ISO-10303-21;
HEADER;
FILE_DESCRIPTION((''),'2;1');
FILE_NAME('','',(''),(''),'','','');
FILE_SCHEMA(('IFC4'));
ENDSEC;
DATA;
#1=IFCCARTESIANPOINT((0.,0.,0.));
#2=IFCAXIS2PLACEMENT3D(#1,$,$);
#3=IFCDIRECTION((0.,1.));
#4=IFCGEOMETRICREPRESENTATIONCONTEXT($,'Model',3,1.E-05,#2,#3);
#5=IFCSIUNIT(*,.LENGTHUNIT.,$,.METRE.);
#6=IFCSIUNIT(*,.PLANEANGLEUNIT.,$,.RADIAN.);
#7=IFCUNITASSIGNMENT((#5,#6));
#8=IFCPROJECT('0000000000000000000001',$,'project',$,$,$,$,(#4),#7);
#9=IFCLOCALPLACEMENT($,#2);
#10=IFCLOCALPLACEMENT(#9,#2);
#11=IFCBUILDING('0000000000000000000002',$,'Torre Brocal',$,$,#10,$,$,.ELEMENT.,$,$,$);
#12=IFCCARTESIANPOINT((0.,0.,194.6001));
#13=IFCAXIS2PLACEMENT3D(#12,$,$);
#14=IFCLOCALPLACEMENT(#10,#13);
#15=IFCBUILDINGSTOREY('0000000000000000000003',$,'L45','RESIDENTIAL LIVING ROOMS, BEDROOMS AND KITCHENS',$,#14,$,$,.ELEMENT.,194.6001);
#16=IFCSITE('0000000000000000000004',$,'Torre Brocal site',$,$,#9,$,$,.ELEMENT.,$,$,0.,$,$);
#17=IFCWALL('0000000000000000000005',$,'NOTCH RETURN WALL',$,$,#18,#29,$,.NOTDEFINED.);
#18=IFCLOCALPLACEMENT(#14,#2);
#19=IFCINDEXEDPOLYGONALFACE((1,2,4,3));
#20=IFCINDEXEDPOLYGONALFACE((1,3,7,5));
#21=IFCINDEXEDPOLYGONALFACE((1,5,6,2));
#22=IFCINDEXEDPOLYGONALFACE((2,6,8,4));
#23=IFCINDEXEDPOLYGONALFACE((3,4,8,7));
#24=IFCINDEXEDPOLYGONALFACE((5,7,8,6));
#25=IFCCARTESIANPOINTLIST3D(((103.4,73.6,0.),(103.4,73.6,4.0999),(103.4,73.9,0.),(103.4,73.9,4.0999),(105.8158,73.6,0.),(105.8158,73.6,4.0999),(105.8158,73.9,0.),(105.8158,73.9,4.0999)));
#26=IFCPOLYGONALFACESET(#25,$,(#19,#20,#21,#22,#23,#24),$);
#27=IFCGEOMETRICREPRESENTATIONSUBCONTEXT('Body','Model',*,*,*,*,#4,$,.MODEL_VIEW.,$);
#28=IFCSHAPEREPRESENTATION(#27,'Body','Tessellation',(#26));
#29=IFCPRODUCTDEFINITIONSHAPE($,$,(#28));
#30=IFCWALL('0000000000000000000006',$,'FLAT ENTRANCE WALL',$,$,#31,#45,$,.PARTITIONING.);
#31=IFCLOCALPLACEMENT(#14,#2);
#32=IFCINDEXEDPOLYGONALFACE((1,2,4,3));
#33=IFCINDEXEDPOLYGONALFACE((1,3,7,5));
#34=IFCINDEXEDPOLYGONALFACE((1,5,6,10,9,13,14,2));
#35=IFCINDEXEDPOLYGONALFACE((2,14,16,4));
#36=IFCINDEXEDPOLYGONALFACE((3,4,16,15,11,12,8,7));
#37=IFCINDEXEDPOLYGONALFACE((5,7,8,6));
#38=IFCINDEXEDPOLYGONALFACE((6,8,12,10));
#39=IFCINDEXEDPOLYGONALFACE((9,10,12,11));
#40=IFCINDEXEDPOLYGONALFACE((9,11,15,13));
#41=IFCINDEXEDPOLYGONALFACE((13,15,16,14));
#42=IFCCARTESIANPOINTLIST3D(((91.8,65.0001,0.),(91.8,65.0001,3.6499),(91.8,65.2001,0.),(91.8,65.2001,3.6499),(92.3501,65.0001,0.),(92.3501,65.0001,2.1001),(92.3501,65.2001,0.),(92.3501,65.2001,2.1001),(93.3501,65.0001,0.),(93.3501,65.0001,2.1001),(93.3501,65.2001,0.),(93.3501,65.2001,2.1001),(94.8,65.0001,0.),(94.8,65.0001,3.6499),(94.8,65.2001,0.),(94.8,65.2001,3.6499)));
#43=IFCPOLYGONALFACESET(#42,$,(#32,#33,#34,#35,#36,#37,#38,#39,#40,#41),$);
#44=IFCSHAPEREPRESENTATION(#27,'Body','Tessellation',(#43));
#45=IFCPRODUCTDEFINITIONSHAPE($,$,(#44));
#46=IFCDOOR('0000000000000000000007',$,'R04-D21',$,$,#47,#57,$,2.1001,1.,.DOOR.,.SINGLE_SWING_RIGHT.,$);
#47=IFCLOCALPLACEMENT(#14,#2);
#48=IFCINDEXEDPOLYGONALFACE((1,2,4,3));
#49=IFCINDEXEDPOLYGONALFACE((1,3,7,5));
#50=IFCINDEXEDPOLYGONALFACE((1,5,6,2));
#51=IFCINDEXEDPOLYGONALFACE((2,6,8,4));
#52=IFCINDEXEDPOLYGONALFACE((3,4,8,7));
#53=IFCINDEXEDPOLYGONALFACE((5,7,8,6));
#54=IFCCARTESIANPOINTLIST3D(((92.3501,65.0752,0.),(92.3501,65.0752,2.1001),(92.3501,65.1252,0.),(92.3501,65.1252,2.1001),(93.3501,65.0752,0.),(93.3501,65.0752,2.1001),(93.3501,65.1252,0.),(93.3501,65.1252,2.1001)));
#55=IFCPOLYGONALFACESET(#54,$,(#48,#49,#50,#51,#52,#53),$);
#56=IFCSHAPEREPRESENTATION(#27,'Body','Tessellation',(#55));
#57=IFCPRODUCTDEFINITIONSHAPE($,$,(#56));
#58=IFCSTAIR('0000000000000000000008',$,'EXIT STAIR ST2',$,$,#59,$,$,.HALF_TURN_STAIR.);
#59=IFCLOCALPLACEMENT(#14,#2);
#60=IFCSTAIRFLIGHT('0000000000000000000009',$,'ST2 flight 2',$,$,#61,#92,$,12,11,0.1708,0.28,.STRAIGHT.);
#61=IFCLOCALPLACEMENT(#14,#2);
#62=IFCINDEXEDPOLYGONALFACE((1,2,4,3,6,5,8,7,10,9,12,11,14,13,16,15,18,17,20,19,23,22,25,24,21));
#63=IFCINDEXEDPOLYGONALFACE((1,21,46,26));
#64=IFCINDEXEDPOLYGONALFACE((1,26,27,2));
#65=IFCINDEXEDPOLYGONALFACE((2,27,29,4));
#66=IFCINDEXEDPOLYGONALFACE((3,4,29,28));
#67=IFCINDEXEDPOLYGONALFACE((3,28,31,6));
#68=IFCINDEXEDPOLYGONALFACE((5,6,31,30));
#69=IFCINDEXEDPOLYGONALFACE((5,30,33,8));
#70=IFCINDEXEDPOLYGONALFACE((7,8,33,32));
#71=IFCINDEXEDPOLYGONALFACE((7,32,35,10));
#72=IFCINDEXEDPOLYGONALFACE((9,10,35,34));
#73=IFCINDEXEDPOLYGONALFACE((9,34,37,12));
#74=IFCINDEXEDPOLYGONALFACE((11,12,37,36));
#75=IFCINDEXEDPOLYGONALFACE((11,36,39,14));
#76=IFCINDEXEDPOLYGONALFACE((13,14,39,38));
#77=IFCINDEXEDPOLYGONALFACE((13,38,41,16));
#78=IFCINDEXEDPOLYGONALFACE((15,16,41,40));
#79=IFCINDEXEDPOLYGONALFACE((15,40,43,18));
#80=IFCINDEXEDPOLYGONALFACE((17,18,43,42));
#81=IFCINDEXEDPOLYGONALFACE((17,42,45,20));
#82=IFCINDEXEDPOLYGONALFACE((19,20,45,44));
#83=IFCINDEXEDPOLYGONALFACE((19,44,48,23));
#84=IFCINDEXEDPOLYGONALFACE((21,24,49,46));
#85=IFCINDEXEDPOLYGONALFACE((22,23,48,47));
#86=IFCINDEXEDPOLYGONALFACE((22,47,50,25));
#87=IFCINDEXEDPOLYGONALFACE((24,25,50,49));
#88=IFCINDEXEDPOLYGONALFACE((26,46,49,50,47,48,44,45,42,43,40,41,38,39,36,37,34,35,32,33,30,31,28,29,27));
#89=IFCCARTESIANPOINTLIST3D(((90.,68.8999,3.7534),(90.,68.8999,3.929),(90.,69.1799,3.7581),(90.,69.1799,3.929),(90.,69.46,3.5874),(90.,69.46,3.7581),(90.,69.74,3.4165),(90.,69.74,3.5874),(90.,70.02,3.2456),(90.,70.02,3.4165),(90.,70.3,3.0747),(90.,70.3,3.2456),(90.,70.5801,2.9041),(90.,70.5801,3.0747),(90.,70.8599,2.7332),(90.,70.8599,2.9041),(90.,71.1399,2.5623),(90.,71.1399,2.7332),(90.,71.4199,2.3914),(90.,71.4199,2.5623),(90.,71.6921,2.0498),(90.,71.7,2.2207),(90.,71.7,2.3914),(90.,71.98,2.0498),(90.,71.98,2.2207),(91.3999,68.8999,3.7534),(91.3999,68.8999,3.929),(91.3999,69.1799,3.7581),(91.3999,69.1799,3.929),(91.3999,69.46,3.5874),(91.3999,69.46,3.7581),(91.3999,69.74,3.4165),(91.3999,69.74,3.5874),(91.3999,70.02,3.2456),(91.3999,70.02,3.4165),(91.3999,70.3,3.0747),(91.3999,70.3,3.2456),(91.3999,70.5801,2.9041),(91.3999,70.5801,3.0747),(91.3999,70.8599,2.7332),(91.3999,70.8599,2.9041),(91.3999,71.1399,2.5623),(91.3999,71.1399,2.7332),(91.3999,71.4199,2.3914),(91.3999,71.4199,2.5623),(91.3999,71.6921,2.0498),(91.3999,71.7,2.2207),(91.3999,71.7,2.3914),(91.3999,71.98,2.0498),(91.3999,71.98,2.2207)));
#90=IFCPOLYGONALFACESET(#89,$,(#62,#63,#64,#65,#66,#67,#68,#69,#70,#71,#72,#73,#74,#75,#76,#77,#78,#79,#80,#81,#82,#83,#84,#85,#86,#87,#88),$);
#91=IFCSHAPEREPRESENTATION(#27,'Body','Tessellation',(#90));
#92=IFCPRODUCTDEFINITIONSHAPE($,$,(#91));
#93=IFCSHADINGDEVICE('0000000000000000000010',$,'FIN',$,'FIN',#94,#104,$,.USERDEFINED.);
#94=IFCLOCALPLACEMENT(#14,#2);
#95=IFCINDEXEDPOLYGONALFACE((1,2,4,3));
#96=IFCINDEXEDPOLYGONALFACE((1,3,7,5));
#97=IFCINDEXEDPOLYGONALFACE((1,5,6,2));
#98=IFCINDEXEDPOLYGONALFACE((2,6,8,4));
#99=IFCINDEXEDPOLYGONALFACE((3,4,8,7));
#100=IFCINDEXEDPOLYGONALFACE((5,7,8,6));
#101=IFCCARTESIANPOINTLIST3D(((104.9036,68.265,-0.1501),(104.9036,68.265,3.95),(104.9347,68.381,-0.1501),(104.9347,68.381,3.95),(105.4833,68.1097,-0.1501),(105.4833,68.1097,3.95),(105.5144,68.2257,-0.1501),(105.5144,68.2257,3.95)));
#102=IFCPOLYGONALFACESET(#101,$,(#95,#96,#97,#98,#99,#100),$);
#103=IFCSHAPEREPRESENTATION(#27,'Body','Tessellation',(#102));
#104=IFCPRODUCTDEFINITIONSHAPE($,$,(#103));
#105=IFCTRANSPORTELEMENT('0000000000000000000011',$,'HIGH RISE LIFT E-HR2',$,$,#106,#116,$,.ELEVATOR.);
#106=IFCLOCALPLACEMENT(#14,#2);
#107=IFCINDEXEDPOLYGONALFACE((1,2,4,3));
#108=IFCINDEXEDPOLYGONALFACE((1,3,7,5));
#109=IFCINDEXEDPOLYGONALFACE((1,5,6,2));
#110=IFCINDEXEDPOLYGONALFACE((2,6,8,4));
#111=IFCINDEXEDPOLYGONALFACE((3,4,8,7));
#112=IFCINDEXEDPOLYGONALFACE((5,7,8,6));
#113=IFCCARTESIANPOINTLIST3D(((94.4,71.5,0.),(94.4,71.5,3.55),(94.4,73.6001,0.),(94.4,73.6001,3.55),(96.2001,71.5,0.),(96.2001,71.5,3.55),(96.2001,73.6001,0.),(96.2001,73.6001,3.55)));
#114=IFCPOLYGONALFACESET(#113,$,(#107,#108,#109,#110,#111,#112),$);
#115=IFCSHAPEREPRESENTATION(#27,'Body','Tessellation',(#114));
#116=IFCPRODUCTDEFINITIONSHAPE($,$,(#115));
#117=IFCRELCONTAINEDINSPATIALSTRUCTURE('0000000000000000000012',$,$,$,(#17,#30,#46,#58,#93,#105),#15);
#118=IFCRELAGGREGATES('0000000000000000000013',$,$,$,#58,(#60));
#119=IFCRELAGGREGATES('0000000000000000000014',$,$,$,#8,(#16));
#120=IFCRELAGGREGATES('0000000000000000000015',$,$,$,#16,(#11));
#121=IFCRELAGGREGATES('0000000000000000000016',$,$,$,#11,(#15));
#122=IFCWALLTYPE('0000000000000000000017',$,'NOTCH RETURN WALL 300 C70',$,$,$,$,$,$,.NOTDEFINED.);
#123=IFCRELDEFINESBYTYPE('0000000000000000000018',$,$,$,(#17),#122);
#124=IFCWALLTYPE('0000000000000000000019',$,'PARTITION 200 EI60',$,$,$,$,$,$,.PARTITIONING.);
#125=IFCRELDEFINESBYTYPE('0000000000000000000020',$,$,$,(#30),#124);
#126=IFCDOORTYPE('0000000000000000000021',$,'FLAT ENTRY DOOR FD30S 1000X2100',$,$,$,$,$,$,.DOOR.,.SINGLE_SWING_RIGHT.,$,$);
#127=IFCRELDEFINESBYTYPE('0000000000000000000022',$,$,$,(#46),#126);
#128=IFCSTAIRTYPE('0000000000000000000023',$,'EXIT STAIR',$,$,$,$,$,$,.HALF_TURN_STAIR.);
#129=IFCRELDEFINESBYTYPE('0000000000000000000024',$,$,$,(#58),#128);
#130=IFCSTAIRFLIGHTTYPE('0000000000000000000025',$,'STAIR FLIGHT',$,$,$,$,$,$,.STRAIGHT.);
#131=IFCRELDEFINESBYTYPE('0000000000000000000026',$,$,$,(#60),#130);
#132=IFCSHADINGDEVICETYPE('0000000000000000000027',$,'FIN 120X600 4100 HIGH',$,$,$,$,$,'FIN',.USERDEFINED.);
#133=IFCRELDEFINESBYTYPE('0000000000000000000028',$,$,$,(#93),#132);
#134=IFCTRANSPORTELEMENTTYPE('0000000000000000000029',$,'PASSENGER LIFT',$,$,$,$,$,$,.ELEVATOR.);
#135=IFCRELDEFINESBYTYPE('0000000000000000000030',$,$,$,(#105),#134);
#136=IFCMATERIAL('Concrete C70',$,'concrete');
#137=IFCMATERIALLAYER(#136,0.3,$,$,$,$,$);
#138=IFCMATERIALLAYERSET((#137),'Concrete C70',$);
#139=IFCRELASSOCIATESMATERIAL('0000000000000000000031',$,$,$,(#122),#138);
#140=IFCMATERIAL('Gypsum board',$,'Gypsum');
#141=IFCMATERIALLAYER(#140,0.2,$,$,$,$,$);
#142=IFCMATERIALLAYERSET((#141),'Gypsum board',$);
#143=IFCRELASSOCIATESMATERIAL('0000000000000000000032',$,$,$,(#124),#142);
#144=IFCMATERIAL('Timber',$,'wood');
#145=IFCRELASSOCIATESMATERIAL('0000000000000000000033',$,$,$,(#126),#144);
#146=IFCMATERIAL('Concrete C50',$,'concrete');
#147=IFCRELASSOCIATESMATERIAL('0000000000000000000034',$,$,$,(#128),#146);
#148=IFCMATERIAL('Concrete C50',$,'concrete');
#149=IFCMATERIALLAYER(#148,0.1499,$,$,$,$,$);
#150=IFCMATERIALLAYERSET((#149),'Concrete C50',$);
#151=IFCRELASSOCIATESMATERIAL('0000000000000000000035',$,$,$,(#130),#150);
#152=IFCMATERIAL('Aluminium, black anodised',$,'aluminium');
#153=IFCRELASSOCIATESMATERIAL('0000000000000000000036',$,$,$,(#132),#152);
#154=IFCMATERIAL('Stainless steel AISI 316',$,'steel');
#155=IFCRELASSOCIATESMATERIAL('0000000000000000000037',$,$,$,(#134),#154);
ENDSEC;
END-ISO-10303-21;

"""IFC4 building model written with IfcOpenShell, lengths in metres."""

from ifc_helpers import new_model, si_unit, direction, frame, frame_2d, origin, origin_2d, place, context, subcontext, project, spatial, polyline, rectangle, outline, extrude, material, layer, layer_set, material_profile, profile_set, type_object, element, fill, aggregate, save


model = new_model("IFC4")

# Units and contexts
model_context = context("Model", 3, precision=1e-05, world=origin(), true_north=direction((0.0, 1.0)))
body_context = subcontext(model_context, "Body", "Model", "MODEL_VIEW")
ifc_project = project(units=[si_unit("LENGTHUNIT", "METRE"), si_unit("PLANEANGLEUNIT", "RADIAN")], contexts=[model_context])

# Site, building, storey
site_placement = place(None, origin())
site = spatial("IfcSite", under=ifc_project, at=site_placement, Name="Torre Brocal site", CompositionType="ELEMENT", RefElevation=0.0)
building_placement = place(site_placement, origin())
building = spatial("IfcBuilding", under=site, at=building_placement, Name="Torre Brocal", CompositionType="ELEMENT")
storey_placement = place(building_placement, frame((0.0, 0.0, 194.6001)))
storey = spatial("IfcBuildingStorey", under=building, at=storey_placement, Name="L45", Description="RESIDENTIAL LIVING ROOMS, BEDROOMS AND KITCHENS", CompositionType="ELEMENT", Elevation=194.6001)

# Wall
ifc_material_1 = material(Name="Concrete C70", Category="concrete")
ifc_layer_1 = layer(ifc_material_1, 0.3)
ifc_layer_set_1 = layer_set([ifc_layer_1], Name="Concrete C70")
wall_type_1 = type_object("IfcWallType", Name="NOTCH RETURN WALL 300 C70", PredefinedType="NOTDEFINED", material=ifc_layer_set_1)
wall_1_placement = place(storey_placement, frame((103.3999, 73.75, 0.0), z_axis=(0.0, 0.0, 1.0), x_axis=(1.0, 0.0, 0.0)))
element("IfcWall", 1, at=wall_1_placement, inside=storey, type_object=wall_type_1, Name="NOTCH RETURN WALL", PredefinedType="NOTDEFINED", context=body_context, shape_type="SweptSolid", body=[
    extrude(rectangle(XDim=2.4158, YDim=0.3, at=frame_2d((1.208, 0.0))), origin(), (0.0, 0.0, 1.0), 4.0999),
])

# Wall, opening, door
ifc_material_2 = material(Name="Gypsum board", Category="Gypsum")
ifc_layer_2 = layer(ifc_material_2, 0.2)
ifc_layer_set_2 = layer_set([ifc_layer_2], Name="Gypsum board")
wall_type_2 = type_object("IfcWallType", Name="PARTITION 200 EI60", PredefinedType="PARTITIONING", material=ifc_layer_set_2)
wall_2_placement = place(storey_placement, frame((91.8, 65.1001, 0.0), z_axis=(0.0, 0.0, 1.0), x_axis=(1.0, 0.0, 0.0)))
wall_2 = element("IfcWall", 2, at=wall_2_placement, inside=storey, type_object=wall_type_2, Name="FLAT ENTRANCE WALL", PredefinedType="PARTITIONING", context=body_context, shape_type="SweptSolid", body=[
    extrude(rectangle(XDim=3.0, YDim=0.2, at=frame_2d((1.5, 0.0))), origin(), (0.0, 0.0, 1.0), 3.6499),
])
opening_1_placement = place(wall_2_placement, frame((0.55, 0.0, 0.0)))
opening_1 = element("IfcOpeningElement", 3, at=opening_1_placement, cuts=wall_2, PredefinedType="OPENING", context=body_context, shape_type="SweptSolid", body=[
    extrude(rectangle(XDim=1.0, YDim=2.1001, at=frame_2d((0.5, 1.05))), frame((0.0, 0.1099, 0.0), z_axis=(0.0, -1.0, 0.0), x_axis=(1.0, 0.0, 0.0)), (0.0, 0.0, 1.0), 0.22),
])
ifc_material_3 = material(Name="Timber", Category="wood")
door_type_1 = type_object("IfcDoorType", Name="FLAT ENTRY DOOR FD30S 1000X2100", OperationType="SINGLE_SWING_RIGHT", PredefinedType="DOOR", material=ifc_material_3)
door_1_placement = place(opening_1_placement, frame((1.0, 0.0, 0.0), z_axis=(0.0, 0.0, 1.0), x_axis=(-1.0, 0.0, 0.0)))
door_1 = element("IfcDoor", 4, at=door_1_placement, inside=storey, type_object=door_type_1, Name="R04-D21", OperationType="SINGLE_SWING_RIGHT", OverallHeight=2.1001, OverallWidth=1.0, PredefinedType="DOOR", context=body_context, shape_type="SweptSolid", body=[
    extrude(rectangle(XDim=1.0, YDim=2.1001, at=frame_2d((0.5, 1.05))), frame((0.0, 0.0249, 0.0), z_axis=(0.0, -1.0, 0.0), x_axis=(1.0, 0.0, 0.0)), (0.0, 0.0, 1.0), 0.05),
])
fill(opening_1, door_1)

# Stair, stair flight
ifc_material_4 = material(Name="Concrete C50", Category="concrete")
stair_type = type_object("IfcStairType", Name="EXIT STAIR", PredefinedType="HALF_TURN_STAIR", material=ifc_material_4)
stair_placement = place(storey_placement, origin())
stair = element("IfcStair", 5, at=stair_placement, inside=storey, type_object=stair_type, Name="EXIT STAIR ST2", PredefinedType="HALF_TURN_STAIR")
ifc_material_5 = material(Name="Concrete C50", Category="concrete")
ifc_layer_3 = layer(ifc_material_5, 0.1499)
ifc_layer_set_3 = layer_set([ifc_layer_3], Name="Concrete C50")
stair_flight_type = type_object("IfcStairFlightType", Name="STAIR FLIGHT", PredefinedType="STRAIGHT", material=ifc_layer_set_3)
stair_flight_placement = place(storey_placement, frame((90.7, 71.98, 2.0498), z_axis=(0.0, 0.0, 1.0), x_axis=(0.0, -1.0, 0.0)))
stair_flight = element("IfcStairFlight", 6, at=stair_flight_placement, type_object=stair_flight_type, Name="ST2 flight 2", NumberOfRisers=12, NumberOfTreads=11, PredefinedType="STRAIGHT", RiserHeight=0.1708, TreadLength=0.28, context=body_context, shape_type="SweptSolid", body=[
    extrude(outline(polyline([(0.0, 0.0), (0.0, 0.1709), (0.28, 0.1709), (0.28, 0.3416), (0.5601, 0.3416), (0.5601, 0.5125), (0.8401, 0.5125), (0.8401, 0.6833), (1.1201, 0.6833), (1.1201, 0.8542), (1.3999, 0.8542), (1.3999, 1.0249), (1.6799, 1.0249), (1.6799, 1.1958), (1.96, 1.1958), (1.96, 1.3667), (2.24, 1.3667), (2.24, 1.5376), (2.52, 1.5376), (2.52, 1.7083), (2.8, 1.7083), (2.8, 1.8792), (3.0801, 1.8792), (3.0801, 2.05), (3.0801, 1.7036), (0.2878, 0.0), (0.0, 0.0)])), frame((0.0, 0.7, 0.0), z_axis=(0.0, -1.0, 0.0), x_axis=(1.0, 0.0, 0.0)), (0.0, 0.0, 1.0), 1.3999),
])
aggregate(stair, [stair_flight])

# Shading device
ifc_material_6 = material(Name="Aluminium, black anodised", Category="aluminium")
ifc_material_profile_1 = material_profile(ifc_material_6, rectangle(XDim=0.1201, YDim=0.6001, at=origin_2d()), Name="FIN 120X600 4100 HIGH")
ifc_profile_set_1 = profile_set([ifc_material_profile_1], Name="Aluminium, black anodised")
shading_device_type = type_object("IfcShadingDeviceType", Name="FIN 120X600 4100 HIGH", ElementType="FIN", PredefinedType="USERDEFINED", material=ifc_profile_set_1)
shading_device_placement = place(storey_placement, frame((105.209, 68.2454, -0.1501), z_axis=(0.0, 0.0, 1.0), x_axis=(0.258819, 0.965926, 0.0)))
element("IfcShadingDevice", 7, at=shading_device_placement, inside=storey, type_object=shading_device_type, Name="FIN", ObjectType="FIN", PredefinedType="USERDEFINED", context=body_context, shape_type="SweptSolid", body=[
    extrude(rectangle(XDim=0.1201, YDim=0.6001, at=origin_2d()), origin(), (0.0, 0.0, 1.0), 4.1001),
])

# Transport element
ifc_material_7 = material(Name="Stainless steel AISI 316", Category="steel")
transport_element_type = type_object("IfcTransportElementType", Name="PASSENGER LIFT", PredefinedType="ELEVATOR", material=ifc_material_7)
transport_element_placement = place(storey_placement, frame((95.3, 72.55, 0.0), z_axis=(0.0, 0.0, 1.0), x_axis=(1.0, 0.0, 0.0)))
element("IfcTransportElement", 8, at=transport_element_placement, inside=storey, type_object=transport_element_type, Name="HIGH RISE LIFT E-HR2", PredefinedType="ELEVATOR", context=body_context, shape_type="SweptSolid", body=[
    extrude(rectangle(XDim=1.8, YDim=2.1001, at=origin_2d()), origin(), (0.0, 0.0, 1.0), 3.55),
])

save(model, "model.ifc")
